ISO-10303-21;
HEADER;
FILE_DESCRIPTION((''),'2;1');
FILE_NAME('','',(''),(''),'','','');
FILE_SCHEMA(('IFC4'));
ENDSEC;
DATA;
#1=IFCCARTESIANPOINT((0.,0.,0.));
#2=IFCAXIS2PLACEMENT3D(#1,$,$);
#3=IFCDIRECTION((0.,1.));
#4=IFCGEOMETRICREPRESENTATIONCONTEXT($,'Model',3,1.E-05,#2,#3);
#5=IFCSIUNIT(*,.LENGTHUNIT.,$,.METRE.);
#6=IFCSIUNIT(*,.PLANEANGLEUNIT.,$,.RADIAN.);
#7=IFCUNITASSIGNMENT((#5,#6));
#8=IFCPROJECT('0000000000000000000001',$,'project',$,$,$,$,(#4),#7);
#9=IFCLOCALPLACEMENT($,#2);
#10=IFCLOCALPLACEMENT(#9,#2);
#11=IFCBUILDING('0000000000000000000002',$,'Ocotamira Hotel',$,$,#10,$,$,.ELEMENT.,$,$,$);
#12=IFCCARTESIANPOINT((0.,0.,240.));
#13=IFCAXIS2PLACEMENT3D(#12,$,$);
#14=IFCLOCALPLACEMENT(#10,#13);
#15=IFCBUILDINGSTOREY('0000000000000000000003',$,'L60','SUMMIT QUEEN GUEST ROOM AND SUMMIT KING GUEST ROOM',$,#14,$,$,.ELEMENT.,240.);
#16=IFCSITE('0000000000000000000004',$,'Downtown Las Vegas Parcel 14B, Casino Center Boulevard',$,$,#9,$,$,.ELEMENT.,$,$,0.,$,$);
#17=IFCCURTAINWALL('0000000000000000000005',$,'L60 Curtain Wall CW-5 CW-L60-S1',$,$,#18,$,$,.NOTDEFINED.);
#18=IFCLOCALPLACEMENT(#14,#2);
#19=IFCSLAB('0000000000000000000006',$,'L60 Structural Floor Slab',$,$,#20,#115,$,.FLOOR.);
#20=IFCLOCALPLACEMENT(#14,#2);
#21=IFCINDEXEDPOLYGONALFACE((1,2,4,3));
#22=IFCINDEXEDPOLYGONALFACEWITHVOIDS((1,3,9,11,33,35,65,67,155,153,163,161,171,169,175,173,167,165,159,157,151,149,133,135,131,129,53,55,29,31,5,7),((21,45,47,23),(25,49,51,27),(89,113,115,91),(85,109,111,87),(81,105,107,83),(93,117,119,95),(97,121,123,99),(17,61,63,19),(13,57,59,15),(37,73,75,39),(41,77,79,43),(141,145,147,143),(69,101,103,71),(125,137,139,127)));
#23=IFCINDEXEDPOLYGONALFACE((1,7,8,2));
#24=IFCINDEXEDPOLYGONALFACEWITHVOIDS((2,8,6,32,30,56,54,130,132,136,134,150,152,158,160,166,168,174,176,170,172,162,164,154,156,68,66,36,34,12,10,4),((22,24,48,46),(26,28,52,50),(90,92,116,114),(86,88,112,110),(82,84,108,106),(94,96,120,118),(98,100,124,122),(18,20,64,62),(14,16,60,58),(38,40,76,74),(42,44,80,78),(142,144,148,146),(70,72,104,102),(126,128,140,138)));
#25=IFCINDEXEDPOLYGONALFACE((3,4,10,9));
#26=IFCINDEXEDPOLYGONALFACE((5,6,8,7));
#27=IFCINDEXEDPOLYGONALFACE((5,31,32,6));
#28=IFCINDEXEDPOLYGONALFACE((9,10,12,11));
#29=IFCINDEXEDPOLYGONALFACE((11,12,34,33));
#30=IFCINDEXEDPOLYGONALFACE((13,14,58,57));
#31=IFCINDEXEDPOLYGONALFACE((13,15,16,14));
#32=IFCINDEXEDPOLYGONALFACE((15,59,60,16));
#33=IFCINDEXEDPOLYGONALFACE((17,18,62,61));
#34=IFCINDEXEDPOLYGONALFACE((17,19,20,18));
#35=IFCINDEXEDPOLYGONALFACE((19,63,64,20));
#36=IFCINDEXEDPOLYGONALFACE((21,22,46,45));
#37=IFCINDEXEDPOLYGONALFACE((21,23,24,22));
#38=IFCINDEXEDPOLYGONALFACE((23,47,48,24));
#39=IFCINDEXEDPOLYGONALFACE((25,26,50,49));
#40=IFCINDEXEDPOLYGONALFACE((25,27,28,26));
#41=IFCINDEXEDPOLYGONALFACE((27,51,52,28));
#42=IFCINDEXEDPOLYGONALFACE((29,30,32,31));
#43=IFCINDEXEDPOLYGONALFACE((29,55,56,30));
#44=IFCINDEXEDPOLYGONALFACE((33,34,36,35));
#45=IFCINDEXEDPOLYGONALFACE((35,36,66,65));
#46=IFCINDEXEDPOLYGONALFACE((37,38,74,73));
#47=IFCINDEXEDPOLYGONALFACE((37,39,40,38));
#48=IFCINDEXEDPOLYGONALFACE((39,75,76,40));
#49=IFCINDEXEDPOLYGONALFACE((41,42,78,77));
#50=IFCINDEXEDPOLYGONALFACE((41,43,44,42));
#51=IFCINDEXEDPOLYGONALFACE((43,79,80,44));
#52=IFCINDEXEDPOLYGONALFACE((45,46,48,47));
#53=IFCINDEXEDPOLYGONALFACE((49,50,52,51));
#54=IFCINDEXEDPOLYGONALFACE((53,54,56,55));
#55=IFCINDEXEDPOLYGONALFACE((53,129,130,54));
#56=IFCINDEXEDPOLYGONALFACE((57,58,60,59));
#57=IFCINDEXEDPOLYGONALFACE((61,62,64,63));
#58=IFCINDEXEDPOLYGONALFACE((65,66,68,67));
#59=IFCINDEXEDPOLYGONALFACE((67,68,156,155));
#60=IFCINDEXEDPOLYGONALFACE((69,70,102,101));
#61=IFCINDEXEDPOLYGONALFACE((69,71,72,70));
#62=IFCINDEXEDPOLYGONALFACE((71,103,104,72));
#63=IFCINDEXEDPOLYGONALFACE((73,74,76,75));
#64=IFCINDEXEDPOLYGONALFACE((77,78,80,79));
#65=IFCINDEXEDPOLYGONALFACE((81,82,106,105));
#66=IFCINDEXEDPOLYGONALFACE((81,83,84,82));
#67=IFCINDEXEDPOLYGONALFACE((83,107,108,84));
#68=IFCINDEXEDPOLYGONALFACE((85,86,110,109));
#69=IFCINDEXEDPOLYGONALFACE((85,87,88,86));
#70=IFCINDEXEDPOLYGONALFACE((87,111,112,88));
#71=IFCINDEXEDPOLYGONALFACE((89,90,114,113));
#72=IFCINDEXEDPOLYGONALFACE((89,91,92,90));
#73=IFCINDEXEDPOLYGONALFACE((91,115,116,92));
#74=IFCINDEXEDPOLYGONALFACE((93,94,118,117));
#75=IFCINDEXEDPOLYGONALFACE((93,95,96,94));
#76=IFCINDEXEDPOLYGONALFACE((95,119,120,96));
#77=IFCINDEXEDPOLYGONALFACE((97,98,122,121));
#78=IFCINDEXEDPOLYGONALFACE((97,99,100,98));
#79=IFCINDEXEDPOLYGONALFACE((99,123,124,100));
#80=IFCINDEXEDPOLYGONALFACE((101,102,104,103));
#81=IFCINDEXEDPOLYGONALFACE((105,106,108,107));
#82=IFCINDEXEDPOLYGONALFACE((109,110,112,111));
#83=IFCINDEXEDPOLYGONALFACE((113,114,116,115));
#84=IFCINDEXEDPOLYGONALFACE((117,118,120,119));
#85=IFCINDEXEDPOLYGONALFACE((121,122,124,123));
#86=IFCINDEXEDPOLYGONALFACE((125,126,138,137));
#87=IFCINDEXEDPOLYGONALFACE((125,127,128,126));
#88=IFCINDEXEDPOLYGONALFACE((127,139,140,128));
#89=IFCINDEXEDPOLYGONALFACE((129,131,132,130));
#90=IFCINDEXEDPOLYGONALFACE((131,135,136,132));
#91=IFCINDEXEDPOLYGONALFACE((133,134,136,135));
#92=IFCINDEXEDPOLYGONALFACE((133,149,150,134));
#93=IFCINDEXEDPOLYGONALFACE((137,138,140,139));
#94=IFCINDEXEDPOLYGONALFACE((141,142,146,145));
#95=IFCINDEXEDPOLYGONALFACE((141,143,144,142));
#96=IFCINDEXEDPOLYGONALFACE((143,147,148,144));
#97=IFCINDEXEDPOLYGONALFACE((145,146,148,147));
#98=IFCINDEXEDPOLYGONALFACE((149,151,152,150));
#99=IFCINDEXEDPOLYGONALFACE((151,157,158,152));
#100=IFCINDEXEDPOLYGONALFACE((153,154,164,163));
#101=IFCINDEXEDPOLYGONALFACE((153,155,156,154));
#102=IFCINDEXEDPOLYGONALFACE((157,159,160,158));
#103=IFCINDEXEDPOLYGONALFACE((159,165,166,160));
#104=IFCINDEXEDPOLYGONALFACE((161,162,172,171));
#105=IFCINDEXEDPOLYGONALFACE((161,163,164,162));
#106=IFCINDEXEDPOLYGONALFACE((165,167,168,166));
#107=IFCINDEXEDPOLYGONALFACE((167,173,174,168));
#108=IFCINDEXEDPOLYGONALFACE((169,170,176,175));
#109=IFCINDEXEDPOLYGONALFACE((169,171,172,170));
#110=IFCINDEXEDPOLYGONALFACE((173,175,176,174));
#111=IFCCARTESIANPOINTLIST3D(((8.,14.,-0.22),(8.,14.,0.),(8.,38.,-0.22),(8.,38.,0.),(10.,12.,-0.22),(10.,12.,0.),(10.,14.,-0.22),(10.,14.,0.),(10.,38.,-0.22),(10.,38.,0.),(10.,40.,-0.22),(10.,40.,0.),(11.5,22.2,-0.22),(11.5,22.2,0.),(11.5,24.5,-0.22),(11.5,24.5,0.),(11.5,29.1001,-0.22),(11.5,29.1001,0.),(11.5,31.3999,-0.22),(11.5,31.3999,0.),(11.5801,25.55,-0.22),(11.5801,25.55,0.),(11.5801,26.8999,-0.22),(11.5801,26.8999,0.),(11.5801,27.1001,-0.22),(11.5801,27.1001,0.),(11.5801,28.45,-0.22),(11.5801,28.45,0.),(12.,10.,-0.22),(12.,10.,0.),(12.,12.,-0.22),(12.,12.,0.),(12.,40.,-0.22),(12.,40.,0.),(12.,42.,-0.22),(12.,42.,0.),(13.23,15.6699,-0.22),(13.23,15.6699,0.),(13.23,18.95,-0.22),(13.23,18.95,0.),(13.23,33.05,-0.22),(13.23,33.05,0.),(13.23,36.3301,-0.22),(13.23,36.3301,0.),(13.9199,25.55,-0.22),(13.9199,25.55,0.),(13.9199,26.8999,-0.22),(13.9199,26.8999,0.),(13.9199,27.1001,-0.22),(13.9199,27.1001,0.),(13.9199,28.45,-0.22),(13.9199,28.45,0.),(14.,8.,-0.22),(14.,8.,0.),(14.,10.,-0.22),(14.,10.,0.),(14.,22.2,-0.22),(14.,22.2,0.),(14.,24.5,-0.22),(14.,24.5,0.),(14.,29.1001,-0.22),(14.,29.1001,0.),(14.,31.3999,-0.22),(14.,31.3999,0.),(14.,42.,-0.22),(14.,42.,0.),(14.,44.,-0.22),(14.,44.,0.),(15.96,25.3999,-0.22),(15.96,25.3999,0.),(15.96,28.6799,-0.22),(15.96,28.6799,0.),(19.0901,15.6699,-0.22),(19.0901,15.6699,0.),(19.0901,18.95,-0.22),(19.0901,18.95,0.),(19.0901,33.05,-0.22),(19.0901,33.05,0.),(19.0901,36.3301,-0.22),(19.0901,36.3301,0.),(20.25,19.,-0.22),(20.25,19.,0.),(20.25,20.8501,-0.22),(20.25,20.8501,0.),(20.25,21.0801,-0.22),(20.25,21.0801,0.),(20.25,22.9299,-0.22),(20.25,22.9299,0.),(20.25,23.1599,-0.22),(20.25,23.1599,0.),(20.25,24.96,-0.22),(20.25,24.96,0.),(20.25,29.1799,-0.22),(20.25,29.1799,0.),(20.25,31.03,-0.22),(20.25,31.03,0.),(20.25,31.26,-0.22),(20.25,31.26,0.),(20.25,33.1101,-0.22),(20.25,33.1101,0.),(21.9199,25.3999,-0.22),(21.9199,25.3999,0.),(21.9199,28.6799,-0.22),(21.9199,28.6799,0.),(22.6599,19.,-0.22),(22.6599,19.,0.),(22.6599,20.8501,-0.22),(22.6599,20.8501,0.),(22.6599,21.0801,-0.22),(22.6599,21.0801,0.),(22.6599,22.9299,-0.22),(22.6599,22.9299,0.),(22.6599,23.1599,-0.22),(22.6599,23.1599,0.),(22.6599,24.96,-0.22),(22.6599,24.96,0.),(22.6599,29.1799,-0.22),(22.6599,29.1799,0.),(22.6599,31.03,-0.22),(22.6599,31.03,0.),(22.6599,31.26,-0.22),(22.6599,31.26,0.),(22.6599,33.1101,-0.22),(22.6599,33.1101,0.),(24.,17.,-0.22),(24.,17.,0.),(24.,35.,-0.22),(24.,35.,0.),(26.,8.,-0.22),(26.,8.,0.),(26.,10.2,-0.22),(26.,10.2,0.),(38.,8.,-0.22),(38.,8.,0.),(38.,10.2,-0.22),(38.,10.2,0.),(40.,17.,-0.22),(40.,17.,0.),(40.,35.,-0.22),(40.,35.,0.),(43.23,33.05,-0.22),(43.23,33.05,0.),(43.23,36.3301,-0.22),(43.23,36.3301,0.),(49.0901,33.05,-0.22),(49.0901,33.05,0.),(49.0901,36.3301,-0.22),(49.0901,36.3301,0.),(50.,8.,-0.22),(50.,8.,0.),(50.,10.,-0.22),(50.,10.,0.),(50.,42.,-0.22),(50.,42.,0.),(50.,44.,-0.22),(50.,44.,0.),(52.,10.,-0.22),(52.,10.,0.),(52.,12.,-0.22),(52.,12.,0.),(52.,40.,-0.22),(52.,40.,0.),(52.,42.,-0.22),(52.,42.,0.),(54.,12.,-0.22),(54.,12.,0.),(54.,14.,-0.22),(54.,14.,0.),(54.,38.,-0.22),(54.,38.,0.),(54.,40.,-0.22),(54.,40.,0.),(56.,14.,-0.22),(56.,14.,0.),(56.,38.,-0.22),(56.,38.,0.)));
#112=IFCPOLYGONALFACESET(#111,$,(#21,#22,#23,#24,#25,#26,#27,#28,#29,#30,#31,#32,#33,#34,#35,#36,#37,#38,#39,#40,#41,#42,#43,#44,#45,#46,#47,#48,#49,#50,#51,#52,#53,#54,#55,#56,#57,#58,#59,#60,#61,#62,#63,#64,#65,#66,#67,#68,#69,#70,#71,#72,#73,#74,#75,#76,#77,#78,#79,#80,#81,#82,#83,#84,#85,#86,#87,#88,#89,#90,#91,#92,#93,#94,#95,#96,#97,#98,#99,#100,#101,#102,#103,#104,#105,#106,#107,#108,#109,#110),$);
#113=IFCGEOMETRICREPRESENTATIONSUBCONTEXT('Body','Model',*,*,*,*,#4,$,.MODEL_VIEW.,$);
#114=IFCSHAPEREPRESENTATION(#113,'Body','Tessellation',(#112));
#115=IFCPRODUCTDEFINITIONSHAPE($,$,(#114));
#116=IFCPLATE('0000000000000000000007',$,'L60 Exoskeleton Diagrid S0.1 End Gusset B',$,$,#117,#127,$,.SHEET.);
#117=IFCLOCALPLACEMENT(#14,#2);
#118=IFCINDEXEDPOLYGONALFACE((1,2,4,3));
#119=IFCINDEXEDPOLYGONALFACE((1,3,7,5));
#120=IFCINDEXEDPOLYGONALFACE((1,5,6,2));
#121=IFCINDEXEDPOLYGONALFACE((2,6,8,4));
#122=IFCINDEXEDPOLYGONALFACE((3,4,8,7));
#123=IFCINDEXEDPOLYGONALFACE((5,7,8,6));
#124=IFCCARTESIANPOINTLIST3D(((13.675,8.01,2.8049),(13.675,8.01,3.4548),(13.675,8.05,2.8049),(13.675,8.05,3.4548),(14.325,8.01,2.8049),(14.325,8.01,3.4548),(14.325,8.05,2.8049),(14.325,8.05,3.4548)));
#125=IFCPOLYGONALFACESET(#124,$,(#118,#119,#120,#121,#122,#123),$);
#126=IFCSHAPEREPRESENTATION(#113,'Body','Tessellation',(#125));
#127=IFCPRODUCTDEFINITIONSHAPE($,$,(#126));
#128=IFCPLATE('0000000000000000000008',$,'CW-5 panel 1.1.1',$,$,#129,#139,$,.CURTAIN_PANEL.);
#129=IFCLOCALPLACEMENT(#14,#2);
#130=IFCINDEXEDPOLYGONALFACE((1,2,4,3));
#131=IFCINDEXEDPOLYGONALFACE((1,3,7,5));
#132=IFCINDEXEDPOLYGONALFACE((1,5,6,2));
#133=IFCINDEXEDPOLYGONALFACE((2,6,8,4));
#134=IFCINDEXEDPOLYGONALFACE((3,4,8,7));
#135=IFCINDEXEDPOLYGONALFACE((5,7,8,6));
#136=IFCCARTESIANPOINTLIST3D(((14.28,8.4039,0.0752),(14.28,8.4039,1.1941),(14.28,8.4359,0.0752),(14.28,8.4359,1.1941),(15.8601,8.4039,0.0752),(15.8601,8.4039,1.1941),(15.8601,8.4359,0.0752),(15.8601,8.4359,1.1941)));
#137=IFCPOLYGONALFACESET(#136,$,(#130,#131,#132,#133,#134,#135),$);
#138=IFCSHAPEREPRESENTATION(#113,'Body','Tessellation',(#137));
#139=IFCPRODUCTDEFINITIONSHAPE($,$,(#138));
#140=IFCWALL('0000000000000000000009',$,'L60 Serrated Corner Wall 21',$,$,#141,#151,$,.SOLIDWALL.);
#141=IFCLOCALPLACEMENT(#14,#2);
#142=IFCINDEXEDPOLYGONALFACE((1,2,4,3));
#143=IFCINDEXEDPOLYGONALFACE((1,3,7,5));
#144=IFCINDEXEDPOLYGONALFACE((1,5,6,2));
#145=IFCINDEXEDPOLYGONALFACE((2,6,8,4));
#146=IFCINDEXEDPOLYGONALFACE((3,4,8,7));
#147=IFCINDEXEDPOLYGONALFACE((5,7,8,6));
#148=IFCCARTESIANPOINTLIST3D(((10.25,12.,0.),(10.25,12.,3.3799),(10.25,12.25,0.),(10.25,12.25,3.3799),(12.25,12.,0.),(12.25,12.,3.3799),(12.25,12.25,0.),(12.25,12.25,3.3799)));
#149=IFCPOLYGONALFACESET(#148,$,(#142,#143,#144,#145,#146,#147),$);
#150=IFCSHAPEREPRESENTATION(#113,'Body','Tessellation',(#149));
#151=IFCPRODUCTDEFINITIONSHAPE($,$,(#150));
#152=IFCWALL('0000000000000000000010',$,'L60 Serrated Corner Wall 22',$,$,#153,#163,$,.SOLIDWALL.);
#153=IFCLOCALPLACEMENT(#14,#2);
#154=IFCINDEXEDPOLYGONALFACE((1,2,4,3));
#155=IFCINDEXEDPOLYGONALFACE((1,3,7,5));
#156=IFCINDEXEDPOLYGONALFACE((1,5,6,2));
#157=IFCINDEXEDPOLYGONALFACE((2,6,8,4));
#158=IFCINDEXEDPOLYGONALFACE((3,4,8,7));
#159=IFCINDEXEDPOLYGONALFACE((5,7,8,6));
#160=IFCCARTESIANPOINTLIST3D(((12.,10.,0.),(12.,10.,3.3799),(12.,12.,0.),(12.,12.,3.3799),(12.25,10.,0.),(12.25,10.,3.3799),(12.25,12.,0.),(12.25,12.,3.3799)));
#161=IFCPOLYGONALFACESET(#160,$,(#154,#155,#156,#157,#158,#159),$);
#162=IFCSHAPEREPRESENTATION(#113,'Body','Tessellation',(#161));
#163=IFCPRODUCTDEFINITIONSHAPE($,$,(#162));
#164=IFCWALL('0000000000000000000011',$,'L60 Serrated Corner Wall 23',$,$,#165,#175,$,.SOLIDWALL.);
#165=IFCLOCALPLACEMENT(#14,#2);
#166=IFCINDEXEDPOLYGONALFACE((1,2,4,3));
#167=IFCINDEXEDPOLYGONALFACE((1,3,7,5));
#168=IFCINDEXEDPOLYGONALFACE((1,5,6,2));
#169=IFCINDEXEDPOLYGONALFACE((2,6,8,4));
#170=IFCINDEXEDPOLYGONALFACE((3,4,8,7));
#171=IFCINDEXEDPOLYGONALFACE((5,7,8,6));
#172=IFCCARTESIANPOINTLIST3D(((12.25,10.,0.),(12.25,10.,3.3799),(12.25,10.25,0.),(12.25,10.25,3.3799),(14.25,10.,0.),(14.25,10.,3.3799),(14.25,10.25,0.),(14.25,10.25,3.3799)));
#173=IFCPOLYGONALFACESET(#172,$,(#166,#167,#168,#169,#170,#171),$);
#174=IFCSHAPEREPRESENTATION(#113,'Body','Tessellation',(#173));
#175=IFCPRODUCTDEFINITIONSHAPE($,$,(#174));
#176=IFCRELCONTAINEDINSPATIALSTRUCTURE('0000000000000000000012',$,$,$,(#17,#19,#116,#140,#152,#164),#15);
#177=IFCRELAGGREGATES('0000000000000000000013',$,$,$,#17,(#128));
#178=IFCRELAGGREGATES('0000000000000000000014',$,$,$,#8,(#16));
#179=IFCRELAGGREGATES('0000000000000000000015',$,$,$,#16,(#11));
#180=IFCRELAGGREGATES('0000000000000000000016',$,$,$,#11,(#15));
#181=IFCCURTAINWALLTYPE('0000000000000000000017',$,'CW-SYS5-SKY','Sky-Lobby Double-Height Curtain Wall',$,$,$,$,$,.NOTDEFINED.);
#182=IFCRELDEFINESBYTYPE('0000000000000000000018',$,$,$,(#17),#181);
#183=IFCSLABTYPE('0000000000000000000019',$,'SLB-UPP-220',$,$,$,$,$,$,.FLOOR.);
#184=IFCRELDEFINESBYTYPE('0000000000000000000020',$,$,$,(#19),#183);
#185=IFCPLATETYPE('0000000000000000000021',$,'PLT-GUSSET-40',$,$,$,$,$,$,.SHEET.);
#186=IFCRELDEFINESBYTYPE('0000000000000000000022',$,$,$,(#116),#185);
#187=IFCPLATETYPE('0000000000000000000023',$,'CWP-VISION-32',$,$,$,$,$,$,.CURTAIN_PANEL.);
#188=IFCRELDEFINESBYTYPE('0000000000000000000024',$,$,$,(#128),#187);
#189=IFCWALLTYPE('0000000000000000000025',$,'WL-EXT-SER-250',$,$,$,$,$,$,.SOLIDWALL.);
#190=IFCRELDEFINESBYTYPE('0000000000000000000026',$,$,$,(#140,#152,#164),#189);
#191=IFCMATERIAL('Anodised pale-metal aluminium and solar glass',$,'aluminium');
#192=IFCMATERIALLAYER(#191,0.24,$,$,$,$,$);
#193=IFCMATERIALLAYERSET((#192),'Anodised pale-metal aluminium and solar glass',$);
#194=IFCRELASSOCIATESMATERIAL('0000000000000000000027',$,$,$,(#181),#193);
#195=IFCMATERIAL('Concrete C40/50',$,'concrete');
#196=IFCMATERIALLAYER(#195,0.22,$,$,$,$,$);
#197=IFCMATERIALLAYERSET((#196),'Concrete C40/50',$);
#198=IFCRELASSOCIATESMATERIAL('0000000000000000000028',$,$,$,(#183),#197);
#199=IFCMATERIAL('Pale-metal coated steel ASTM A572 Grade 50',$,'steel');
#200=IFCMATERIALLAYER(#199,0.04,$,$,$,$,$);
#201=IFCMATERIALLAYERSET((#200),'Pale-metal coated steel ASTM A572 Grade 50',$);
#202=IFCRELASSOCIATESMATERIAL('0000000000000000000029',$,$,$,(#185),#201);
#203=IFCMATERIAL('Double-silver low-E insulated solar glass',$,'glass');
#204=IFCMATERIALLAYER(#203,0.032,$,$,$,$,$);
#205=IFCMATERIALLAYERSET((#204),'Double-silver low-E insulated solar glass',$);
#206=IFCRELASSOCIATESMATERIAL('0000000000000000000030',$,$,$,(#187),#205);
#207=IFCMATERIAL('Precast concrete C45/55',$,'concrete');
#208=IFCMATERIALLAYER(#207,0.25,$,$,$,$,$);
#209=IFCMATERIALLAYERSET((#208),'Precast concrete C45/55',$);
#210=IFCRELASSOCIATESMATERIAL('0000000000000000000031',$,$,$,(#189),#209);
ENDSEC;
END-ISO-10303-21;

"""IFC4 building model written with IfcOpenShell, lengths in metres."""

from ifc_helpers import new_model, si_unit, direction, frame, frame_2d, origin, origin_2d, place, context, subcontext, project, spatial, polyline, rectangle, outline, extrude, source, transform, mapped, material, layer, layer_set, type_object, element, aggregate, save


model = new_model("IFC4")

# Units and contexts
model_context = context("Model", 3, precision=1e-05, world=origin(), true_north=direction((0.0, 1.0)))
body_context = subcontext(model_context, "Body", "Model", "MODEL_VIEW")
ifc_project = project(units=[si_unit("LENGTHUNIT", "METRE"), si_unit("PLANEANGLEUNIT", "RADIAN")], contexts=[model_context])

# Site, building, storey
site_placement = place(None, origin())
site = spatial("IfcSite", under=ifc_project, at=site_placement, Name="Downtown Las Vegas Parcel 14B, Casino Center Boulevard", CompositionType="ELEMENT", RefElevation=0.0)
building_placement = place(site_placement, origin())
building = spatial("IfcBuilding", under=site, at=building_placement, Name="Ocotamira Hotel", CompositionType="ELEMENT")
storey_placement = place(building_placement, frame((0.0, 0.0, 240.0)))
storey = spatial("IfcBuildingStorey", under=building, at=storey_placement, Name="L60", Description="SUMMIT QUEEN GUEST ROOM AND SUMMIT KING GUEST ROOM", CompositionType="ELEMENT", Elevation=240.0)

# Curtain wall
ifc_material_1 = material(Name="Anodised pale-metal aluminium and solar glass", Category="aluminium")
ifc_layer_1 = layer(ifc_material_1, 0.24)
ifc_layer_set_1 = layer_set([ifc_layer_1], Name="Anodised pale-metal aluminium and solar glass")
curtain_wall_type = type_object("IfcCurtainWallType", Name="CW-SYS5-SKY", Description="Sky-Lobby Double-Height Curtain Wall", PredefinedType="NOTDEFINED", material=ifc_layer_set_1)
curtain_wall_placement = place(storey_placement, origin())
curtain_wall = element("IfcCurtainWall", 1, at=curtain_wall_placement, inside=storey, type_object=curtain_wall_type, Name="L60 Curtain Wall CW-5 CW-L60-S1", PredefinedType="NOTDEFINED")

# Shared definitions
ifc_material_2 = material(Name="Concrete C40/50", Category="concrete")

# Slab
ifc_layer_2 = layer(ifc_material_2, 0.22)
ifc_layer_set_2 = layer_set([ifc_layer_2], Name="Concrete C40/50")
slab_type_1 = type_object("IfcSlabType", Name="SLB-UPP-220", PredefinedType="FLOOR", material=ifc_layer_set_2)
slab_1_placement = place(storey_placement, frame((0.0, 0.0, -0.22)))
element("IfcSlab", 2, at=slab_1_placement, inside=storey, type_object=slab_type_1, Name="L60 Structural Floor Slab", PredefinedType="FLOOR", context=body_context, shape_type="SweptSolid", body=[
    extrude(outline(polyline([(14.0, 8.0), (14.0, 10.0), (12.0, 10.0), (12.0, 12.0), (10.0, 12.0), (10.0, 14.0), (8.0, 14.0), (8.0, 38.0), (10.0, 38.0), (10.0, 40.0), (12.0, 40.0), (12.0, 42.0), (14.0, 42.0), (14.0, 44.0), (50.0, 44.0), (50.0, 42.0), (52.0, 42.0), (52.0, 40.0), (54.0, 40.0), (54.0, 38.0), (56.0, 38.0), (56.0, 14.0), (54.0, 14.0), (54.0, 12.0), (52.0, 12.0), (52.0, 10.0), (50.0, 10.0), (50.0, 8.0), (38.0, 8.0), (38.0, 10.2), (26.0, 10.2), (26.0, 8.0), (14.0, 8.0)]), holes=[polyline([(24.0, 17.0), (40.0, 17.0), (40.0, 35.0), (24.0, 35.0), (24.0, 17.0)]), polyline([(13.23, 15.6699), (19.0901, 15.6699), (19.0901, 18.95), (13.23, 18.95), (13.23, 15.6699)]), polyline([(13.23, 33.05), (19.0901, 33.05), (19.0901, 36.3301), (13.23, 36.3301), (13.23, 33.05)]), polyline([(15.96, 25.3999), (21.9199, 25.3999), (21.9199, 28.6799), (15.96, 28.6799), (15.96, 25.3999)]), polyline([(43.23, 33.05), (49.0901, 33.05), (49.0901, 36.3301), (43.23, 36.3301), (43.23, 33.05)]), polyline([(20.25, 19.0), (22.6599, 19.0), (22.6599, 20.8501), (20.25, 20.8501), (20.25, 19.0)]), polyline([(20.25, 21.0801), (22.6599, 21.0801), (22.6599, 22.9299), (20.25, 22.9299), (20.25, 21.0801)]), polyline([(20.25, 23.1599), (22.6599, 23.1599), (22.6599, 24.96), (20.25, 24.96), (20.25, 23.1599)]), polyline([(20.25, 29.1799), (22.6599, 29.1799), (22.6599, 31.03), (20.25, 31.03), (20.25, 29.1799)]), polyline([(20.25, 31.26), (22.6599, 31.26), (22.6599, 33.1101), (20.25, 33.1101), (20.25, 31.26)]), polyline([(11.5, 22.2), (14.0, 22.2), (14.0, 24.5), (11.5, 24.5), (11.5, 22.2)]), polyline([(11.5, 29.1001), (14.0, 29.1001), (14.0, 31.3999), (11.5, 31.3999), (11.5, 29.1001)]), polyline([(11.5801, 25.55), (13.9199, 25.55), (13.9199, 26.8999), (11.5801, 26.8999), (11.5801, 25.55)]), polyline([(11.5801, 27.1001), (13.9199, 27.1001), (13.9199, 28.45), (11.5801, 28.45), (11.5801, 27.1001)])]), origin(), (0.0, 0.0, 1.0), 0.22),
])

# Plates
ifc_material_3 = material(Name="Pale-metal coated steel ASTM A572 Grade 50", Category="steel")
ifc_layer_3 = layer(ifc_material_3, 0.04)
ifc_layer_set_3 = layer_set([ifc_layer_3], Name="Pale-metal coated steel ASTM A572 Grade 50")
plate_type_1 = type_object("IfcPlateType", Name="PLT-GUSSET-40", PredefinedType="SHEET", material=ifc_layer_set_3)
shared_shape_1 = source(origin(), body_context, "Body", "SweptSolid", [
    extrude(rectangle(XDim=0.6499, YDim=0.04, at=origin_2d()), origin(), (0.0, 0.0, 1.0), 0.6499),
])
plate_1_placement = place(storey_placement, frame((14.0, 8.03, 2.8049), z_axis=(0.0, 0.0, 1.0), x_axis=(-1.0, 0.0, 0.0)))
element("IfcPlate", 3, at=plate_1_placement, inside=storey, type_object=plate_type_1, Name="L60 Exoskeleton Diagrid S0.1 End Gusset B", PredefinedType="SHEET", context=body_context, shape_type="MappedRepresentation", body=[
    mapped(shared_shape_1, transform((0.0, 0.0, 0.0), scale=1.0)),
])
ifc_material_4 = material(Name="Double-silver low-E insulated solar glass", Category="glass")
ifc_layer_4 = layer(ifc_material_4, 0.032)
ifc_layer_set_4 = layer_set([ifc_layer_4], Name="Double-silver low-E insulated solar glass")
plate_type_2 = type_object("IfcPlateType", Name="CWP-VISION-32", PredefinedType="CURTAIN_PANEL", material=ifc_layer_set_4)
shared_shape_2 = source(origin(), body_context, "Body", "SweptSolid", [
    extrude(rectangle(XDim=1.5801, YDim=0.032, at=origin_2d()), origin(), (0.0, 0.0, 1.0), 1.1189),
])
plate_2_placement = place(storey_placement, frame((15.0701, 8.4199, 0.0752), z_axis=(0.0, 0.0, 1.0), x_axis=(1.0, 0.0, 0.0)))
plate_2 = element("IfcPlate", 4, at=plate_2_placement, type_object=plate_type_2, Name="CW-5 panel 1.1.1", PredefinedType="CURTAIN_PANEL", context=body_context, shape_type="MappedRepresentation", body=[
    mapped(shared_shape_2, transform((0.0, 0.0, 0.0), scale=1.0)),
])
aggregate(curtain_wall, [plate_2])

# Walls
ifc_material_5 = material(Name="Precast concrete C45/55", Category="concrete")
ifc_layer_5 = layer(ifc_material_5, 0.25)
ifc_layer_set_5 = layer_set([ifc_layer_5], Name="Precast concrete C45/55")
wall_type_1 = type_object("IfcWallType", Name="WL-EXT-SER-250", PredefinedType="SOLIDWALL", material=ifc_layer_set_5)
for number, where, z_axis, x_axis, name in (
    (5, (10.25, 12.125, 0.0), (0.0, 0.0, 1.0), (1.0, 0.0, 0.0), "L60 Serrated Corner Wall 21"),
    (6, (12.125, 12.0, 0.0), (0.0, 0.0, 1.0), (0.0, -1.0, 0.0), "L60 Serrated Corner Wall 22"),
    (7, (12.25, 10.125, 0.0), (0.0, 0.0, 1.0), (1.0, 0.0, 0.0), "L60 Serrated Corner Wall 23"),
):
    element("IfcWall", number, at=place(storey_placement, frame(where, z_axis=z_axis, x_axis=x_axis)), inside=storey, type_object=wall_type_1, Name=name, PredefinedType="SOLIDWALL", context=body_context, shape_type="SweptSolid", body=[
        extrude(rectangle(XDim=2.0, YDim=0.25, at=frame_2d((1.0, 0.0))), origin(), (0.0, 0.0, 1.0), 3.3799),
    ])

save(model, "model.ifc")
